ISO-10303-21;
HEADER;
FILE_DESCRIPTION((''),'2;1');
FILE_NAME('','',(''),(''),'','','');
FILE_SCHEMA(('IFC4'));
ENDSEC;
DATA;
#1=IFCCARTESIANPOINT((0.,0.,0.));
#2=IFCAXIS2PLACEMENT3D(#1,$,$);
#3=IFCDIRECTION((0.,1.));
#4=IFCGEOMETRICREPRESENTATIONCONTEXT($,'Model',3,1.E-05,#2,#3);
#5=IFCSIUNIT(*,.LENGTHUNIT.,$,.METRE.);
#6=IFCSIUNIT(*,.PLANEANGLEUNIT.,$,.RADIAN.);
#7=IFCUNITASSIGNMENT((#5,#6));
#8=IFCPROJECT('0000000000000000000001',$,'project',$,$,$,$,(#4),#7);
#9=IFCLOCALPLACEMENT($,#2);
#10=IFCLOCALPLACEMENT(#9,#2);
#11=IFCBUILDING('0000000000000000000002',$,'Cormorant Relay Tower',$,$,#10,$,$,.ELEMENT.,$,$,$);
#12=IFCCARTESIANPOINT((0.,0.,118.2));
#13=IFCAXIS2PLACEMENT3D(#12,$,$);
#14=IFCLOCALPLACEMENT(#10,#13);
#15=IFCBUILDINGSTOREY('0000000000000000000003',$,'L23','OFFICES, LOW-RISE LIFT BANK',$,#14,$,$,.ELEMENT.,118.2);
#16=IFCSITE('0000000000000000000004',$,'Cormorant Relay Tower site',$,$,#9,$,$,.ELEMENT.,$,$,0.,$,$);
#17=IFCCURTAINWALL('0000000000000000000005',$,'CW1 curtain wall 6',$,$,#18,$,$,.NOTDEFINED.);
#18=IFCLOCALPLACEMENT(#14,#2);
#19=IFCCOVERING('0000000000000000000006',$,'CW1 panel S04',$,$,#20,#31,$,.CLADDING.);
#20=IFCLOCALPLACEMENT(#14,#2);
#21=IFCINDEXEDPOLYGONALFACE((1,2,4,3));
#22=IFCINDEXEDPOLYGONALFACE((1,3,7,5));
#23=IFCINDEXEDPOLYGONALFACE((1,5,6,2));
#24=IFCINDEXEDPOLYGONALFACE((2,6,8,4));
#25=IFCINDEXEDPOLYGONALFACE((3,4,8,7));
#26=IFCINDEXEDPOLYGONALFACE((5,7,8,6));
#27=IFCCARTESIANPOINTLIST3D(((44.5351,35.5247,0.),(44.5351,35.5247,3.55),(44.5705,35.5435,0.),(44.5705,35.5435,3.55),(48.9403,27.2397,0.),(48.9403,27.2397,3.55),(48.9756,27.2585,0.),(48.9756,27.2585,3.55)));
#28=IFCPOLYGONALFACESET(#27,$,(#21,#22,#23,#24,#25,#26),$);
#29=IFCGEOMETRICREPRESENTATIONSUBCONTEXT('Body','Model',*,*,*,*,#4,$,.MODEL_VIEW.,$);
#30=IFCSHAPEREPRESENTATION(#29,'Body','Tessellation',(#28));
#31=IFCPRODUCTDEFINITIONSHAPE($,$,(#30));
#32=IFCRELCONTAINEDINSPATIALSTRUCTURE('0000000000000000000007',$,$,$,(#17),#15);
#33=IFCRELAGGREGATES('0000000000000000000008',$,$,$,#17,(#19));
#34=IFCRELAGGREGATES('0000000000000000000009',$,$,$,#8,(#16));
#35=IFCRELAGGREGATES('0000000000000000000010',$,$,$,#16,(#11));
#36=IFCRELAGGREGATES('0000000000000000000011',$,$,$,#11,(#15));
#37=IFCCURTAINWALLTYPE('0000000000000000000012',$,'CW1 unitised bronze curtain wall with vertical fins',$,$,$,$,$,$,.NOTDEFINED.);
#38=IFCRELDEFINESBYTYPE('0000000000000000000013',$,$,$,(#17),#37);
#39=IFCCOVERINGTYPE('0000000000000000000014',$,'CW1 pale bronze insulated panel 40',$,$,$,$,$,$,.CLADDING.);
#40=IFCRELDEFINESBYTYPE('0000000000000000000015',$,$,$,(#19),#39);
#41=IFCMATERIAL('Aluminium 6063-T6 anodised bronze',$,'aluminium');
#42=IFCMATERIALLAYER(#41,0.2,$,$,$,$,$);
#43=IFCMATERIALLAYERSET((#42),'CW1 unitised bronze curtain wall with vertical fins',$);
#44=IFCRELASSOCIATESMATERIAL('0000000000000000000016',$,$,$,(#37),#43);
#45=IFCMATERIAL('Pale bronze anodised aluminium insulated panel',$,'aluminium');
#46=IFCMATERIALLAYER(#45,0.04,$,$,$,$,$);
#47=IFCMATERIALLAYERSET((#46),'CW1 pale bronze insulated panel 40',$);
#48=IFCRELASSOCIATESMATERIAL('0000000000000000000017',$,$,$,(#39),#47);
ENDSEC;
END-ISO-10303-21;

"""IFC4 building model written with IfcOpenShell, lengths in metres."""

from ifc_helpers import new_model, si_unit, direction, frame, origin, origin_2d, place, context, subcontext, project, spatial, rectangle, extrude, material, layer, layer_set, type_object, element, aggregate, save


model = new_model("IFC4")

# Units and contexts
model_context = context("Model", 3, precision=1e-05, world=origin(), true_north=direction((0.0, 1.0)))
body_context = subcontext(model_context, "Body", "Model", "MODEL_VIEW")
ifc_project = project(units=[si_unit("LENGTHUNIT", "METRE"), si_unit("PLANEANGLEUNIT", "RADIAN")], contexts=[model_context])

# Site, building, storey
site_placement = place(None, origin())
site = spatial("IfcSite", under=ifc_project, at=site_placement, Name="Cormorant Relay Tower site", CompositionType="ELEMENT", RefElevation=0.0)
building_placement = place(site_placement, origin())
building = spatial("IfcBuilding", under=site, at=building_placement, Name="Cormorant Relay Tower", CompositionType="ELEMENT")
storey_placement = place(building_placement, frame((0.0, 0.0, 118.2)))
storey = spatial("IfcBuildingStorey", under=building, at=storey_placement, Name="L23", Description="OFFICES, LOW-RISE LIFT BANK", CompositionType="ELEMENT", Elevation=118.2)

# Curtain wall
ifc_material_1 = material(Name="Aluminium 6063-T6 anodised bronze", Category="aluminium")
ifc_layer_1 = layer(ifc_material_1, 0.2)
ifc_layer_set_1 = layer_set([ifc_layer_1], Name="CW1 unitised bronze curtain wall with vertical fins")
curtain_wall_type = type_object("IfcCurtainWallType", Name="CW1 unitised bronze curtain wall with vertical fins", PredefinedType="NOTDEFINED", material=ifc_layer_set_1)
curtain_wall_placement = place(storey_placement, origin())
curtain_wall = element("IfcCurtainWall", 1, at=curtain_wall_placement, inside=storey, type_object=curtain_wall_type, Name="CW1 curtain wall 6", PredefinedType="NOTDEFINED")

# Covering
ifc_material_2 = material(Name="Pale bronze anodised aluminium insulated panel", Category="aluminium")
ifc_layer_2 = layer(ifc_material_2, 0.04)
ifc_layer_set_2 = layer_set([ifc_layer_2], Name="CW1 pale bronze insulated panel 40")
covering_type = type_object("IfcCoveringType", Name="CW1 pale bronze insulated panel 40", PredefinedType="CLADDING", material=ifc_layer_set_2)
covering_1_placement = place(storey_placement, frame((46.7554, 31.3916, 0.0), z_axis=(0.0, 0.0, 1.0), x_axis=(-0.469472, 0.882948, 0.0)))
covering_1 = element("IfcCovering", 2, at=covering_1_placement, type_object=covering_type, Name="CW1 panel S04", PredefinedType="CLADDING", context=body_context, shape_type="SweptSolid", body=[
    extrude(rectangle(XDim=9.3833, YDim=0.04, at=origin_2d()), origin(), (0.0, 0.0, 1.0), 3.55),
])
aggregate(curtain_wall, [covering_1])

save(model, "model.ifc")
